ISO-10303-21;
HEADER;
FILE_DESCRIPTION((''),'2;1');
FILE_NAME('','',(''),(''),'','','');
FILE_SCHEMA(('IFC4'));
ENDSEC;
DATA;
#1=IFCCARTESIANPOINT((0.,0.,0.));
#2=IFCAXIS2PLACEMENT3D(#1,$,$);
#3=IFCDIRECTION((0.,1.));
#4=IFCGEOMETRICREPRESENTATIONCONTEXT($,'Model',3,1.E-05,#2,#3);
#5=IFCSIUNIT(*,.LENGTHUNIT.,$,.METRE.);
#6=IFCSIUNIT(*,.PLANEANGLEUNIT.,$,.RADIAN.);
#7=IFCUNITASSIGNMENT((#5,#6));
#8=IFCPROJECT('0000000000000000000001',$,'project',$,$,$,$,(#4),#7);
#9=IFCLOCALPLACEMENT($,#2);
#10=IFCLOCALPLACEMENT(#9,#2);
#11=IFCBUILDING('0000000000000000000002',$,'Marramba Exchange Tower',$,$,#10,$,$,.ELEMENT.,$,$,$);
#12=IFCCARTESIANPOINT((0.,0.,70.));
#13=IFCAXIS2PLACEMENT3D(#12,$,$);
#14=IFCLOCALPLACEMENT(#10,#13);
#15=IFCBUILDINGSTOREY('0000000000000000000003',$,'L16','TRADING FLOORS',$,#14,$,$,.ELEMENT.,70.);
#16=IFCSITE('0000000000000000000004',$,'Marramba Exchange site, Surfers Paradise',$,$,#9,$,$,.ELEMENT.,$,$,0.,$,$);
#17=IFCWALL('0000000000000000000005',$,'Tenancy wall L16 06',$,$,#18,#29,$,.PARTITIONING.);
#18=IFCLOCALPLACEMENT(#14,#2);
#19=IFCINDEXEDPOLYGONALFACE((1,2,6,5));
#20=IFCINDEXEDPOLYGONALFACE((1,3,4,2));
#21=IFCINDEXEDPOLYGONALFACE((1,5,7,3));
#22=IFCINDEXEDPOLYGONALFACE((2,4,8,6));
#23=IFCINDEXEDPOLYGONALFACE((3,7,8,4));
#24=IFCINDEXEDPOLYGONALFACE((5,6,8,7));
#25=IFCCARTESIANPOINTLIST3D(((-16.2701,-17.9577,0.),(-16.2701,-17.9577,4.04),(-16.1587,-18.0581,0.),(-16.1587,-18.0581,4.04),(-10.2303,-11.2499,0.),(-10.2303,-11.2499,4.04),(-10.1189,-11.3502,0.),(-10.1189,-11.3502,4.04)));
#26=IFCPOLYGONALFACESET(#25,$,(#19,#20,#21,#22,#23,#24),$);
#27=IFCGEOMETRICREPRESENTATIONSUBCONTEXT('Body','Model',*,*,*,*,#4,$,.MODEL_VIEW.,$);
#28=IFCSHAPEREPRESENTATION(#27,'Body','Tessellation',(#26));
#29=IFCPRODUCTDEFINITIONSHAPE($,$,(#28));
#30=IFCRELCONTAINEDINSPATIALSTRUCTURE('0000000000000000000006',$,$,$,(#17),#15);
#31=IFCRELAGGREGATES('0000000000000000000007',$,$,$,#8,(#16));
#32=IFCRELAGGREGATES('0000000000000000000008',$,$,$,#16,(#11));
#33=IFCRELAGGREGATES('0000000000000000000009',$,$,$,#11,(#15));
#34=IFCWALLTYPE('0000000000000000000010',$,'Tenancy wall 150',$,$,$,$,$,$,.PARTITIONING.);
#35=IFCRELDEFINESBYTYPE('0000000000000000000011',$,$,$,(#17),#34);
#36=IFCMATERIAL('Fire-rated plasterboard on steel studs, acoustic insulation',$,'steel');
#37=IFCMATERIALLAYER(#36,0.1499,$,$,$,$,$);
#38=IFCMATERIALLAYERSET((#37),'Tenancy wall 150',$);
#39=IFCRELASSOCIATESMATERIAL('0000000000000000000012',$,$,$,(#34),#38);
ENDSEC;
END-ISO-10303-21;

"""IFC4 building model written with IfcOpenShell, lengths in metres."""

from ifc_helpers import new_model, si_unit, direction, frame, frame_2d, origin, place, context, subcontext, project, spatial, rectangle, extrude, material, layer, layer_set, type_object, element, save


model = new_model("IFC4")

# Units and contexts
model_context = context("Model", 3, precision=1e-05, world=origin(), true_north=direction((0.0, 1.0)))
body_context = subcontext(model_context, "Body", "Model", "MODEL_VIEW")
ifc_project = project(units=[si_unit("LENGTHUNIT", "METRE"), si_unit("PLANEANGLEUNIT", "RADIAN")], contexts=[model_context])

# Site, building, storey
site_placement = place(None, origin())
site = spatial("IfcSite", under=ifc_project, at=site_placement, Name="Marramba Exchange site, Surfers Paradise", CompositionType="ELEMENT", RefElevation=0.0)
building_placement = place(site_placement, origin())
building = spatial("IfcBuilding", under=site, at=building_placement, Name="Marramba Exchange Tower", CompositionType="ELEMENT")
storey_placement = place(building_placement, frame((0.0, 0.0, 70.0)))
storey = spatial("IfcBuildingStorey", under=building, at=storey_placement, Name="L16", Description="TRADING FLOORS", CompositionType="ELEMENT", Elevation=70.0)

# Wall
ifc_material_1 = material(Name="Fire-rated plasterboard on steel studs, acoustic insulation", Category="steel")
ifc_layer_1 = layer(ifc_material_1, 0.1499)
ifc_layer_set_1 = layer_set([ifc_layer_1], Name="Tenancy wall 150")
wall_type_1 = type_object("IfcWallType", Name="Tenancy wall 150", PredefinedType="PARTITIONING", material=ifc_layer_set_1)
wall_1_placement = place(storey_placement, frame((-10.1746, -11.3, 0.0), z_axis=(0.0, 0.0, 1.0), x_axis=(-0.669137, -0.743139, 0.0)))
element("IfcWall", 1, at=wall_1_placement, inside=storey, type_object=wall_type_1, Name="Tenancy wall L16 06", PredefinedType="PARTITIONING", context=body_context, shape_type="SweptSolid", body=[
    extrude(rectangle(XDim=9.0264, YDim=0.1499, at=frame_2d((4.5132, 0.0))), origin(), (0.0, 0.0, 1.0), 4.04),
])

save(model, "model.ifc")
